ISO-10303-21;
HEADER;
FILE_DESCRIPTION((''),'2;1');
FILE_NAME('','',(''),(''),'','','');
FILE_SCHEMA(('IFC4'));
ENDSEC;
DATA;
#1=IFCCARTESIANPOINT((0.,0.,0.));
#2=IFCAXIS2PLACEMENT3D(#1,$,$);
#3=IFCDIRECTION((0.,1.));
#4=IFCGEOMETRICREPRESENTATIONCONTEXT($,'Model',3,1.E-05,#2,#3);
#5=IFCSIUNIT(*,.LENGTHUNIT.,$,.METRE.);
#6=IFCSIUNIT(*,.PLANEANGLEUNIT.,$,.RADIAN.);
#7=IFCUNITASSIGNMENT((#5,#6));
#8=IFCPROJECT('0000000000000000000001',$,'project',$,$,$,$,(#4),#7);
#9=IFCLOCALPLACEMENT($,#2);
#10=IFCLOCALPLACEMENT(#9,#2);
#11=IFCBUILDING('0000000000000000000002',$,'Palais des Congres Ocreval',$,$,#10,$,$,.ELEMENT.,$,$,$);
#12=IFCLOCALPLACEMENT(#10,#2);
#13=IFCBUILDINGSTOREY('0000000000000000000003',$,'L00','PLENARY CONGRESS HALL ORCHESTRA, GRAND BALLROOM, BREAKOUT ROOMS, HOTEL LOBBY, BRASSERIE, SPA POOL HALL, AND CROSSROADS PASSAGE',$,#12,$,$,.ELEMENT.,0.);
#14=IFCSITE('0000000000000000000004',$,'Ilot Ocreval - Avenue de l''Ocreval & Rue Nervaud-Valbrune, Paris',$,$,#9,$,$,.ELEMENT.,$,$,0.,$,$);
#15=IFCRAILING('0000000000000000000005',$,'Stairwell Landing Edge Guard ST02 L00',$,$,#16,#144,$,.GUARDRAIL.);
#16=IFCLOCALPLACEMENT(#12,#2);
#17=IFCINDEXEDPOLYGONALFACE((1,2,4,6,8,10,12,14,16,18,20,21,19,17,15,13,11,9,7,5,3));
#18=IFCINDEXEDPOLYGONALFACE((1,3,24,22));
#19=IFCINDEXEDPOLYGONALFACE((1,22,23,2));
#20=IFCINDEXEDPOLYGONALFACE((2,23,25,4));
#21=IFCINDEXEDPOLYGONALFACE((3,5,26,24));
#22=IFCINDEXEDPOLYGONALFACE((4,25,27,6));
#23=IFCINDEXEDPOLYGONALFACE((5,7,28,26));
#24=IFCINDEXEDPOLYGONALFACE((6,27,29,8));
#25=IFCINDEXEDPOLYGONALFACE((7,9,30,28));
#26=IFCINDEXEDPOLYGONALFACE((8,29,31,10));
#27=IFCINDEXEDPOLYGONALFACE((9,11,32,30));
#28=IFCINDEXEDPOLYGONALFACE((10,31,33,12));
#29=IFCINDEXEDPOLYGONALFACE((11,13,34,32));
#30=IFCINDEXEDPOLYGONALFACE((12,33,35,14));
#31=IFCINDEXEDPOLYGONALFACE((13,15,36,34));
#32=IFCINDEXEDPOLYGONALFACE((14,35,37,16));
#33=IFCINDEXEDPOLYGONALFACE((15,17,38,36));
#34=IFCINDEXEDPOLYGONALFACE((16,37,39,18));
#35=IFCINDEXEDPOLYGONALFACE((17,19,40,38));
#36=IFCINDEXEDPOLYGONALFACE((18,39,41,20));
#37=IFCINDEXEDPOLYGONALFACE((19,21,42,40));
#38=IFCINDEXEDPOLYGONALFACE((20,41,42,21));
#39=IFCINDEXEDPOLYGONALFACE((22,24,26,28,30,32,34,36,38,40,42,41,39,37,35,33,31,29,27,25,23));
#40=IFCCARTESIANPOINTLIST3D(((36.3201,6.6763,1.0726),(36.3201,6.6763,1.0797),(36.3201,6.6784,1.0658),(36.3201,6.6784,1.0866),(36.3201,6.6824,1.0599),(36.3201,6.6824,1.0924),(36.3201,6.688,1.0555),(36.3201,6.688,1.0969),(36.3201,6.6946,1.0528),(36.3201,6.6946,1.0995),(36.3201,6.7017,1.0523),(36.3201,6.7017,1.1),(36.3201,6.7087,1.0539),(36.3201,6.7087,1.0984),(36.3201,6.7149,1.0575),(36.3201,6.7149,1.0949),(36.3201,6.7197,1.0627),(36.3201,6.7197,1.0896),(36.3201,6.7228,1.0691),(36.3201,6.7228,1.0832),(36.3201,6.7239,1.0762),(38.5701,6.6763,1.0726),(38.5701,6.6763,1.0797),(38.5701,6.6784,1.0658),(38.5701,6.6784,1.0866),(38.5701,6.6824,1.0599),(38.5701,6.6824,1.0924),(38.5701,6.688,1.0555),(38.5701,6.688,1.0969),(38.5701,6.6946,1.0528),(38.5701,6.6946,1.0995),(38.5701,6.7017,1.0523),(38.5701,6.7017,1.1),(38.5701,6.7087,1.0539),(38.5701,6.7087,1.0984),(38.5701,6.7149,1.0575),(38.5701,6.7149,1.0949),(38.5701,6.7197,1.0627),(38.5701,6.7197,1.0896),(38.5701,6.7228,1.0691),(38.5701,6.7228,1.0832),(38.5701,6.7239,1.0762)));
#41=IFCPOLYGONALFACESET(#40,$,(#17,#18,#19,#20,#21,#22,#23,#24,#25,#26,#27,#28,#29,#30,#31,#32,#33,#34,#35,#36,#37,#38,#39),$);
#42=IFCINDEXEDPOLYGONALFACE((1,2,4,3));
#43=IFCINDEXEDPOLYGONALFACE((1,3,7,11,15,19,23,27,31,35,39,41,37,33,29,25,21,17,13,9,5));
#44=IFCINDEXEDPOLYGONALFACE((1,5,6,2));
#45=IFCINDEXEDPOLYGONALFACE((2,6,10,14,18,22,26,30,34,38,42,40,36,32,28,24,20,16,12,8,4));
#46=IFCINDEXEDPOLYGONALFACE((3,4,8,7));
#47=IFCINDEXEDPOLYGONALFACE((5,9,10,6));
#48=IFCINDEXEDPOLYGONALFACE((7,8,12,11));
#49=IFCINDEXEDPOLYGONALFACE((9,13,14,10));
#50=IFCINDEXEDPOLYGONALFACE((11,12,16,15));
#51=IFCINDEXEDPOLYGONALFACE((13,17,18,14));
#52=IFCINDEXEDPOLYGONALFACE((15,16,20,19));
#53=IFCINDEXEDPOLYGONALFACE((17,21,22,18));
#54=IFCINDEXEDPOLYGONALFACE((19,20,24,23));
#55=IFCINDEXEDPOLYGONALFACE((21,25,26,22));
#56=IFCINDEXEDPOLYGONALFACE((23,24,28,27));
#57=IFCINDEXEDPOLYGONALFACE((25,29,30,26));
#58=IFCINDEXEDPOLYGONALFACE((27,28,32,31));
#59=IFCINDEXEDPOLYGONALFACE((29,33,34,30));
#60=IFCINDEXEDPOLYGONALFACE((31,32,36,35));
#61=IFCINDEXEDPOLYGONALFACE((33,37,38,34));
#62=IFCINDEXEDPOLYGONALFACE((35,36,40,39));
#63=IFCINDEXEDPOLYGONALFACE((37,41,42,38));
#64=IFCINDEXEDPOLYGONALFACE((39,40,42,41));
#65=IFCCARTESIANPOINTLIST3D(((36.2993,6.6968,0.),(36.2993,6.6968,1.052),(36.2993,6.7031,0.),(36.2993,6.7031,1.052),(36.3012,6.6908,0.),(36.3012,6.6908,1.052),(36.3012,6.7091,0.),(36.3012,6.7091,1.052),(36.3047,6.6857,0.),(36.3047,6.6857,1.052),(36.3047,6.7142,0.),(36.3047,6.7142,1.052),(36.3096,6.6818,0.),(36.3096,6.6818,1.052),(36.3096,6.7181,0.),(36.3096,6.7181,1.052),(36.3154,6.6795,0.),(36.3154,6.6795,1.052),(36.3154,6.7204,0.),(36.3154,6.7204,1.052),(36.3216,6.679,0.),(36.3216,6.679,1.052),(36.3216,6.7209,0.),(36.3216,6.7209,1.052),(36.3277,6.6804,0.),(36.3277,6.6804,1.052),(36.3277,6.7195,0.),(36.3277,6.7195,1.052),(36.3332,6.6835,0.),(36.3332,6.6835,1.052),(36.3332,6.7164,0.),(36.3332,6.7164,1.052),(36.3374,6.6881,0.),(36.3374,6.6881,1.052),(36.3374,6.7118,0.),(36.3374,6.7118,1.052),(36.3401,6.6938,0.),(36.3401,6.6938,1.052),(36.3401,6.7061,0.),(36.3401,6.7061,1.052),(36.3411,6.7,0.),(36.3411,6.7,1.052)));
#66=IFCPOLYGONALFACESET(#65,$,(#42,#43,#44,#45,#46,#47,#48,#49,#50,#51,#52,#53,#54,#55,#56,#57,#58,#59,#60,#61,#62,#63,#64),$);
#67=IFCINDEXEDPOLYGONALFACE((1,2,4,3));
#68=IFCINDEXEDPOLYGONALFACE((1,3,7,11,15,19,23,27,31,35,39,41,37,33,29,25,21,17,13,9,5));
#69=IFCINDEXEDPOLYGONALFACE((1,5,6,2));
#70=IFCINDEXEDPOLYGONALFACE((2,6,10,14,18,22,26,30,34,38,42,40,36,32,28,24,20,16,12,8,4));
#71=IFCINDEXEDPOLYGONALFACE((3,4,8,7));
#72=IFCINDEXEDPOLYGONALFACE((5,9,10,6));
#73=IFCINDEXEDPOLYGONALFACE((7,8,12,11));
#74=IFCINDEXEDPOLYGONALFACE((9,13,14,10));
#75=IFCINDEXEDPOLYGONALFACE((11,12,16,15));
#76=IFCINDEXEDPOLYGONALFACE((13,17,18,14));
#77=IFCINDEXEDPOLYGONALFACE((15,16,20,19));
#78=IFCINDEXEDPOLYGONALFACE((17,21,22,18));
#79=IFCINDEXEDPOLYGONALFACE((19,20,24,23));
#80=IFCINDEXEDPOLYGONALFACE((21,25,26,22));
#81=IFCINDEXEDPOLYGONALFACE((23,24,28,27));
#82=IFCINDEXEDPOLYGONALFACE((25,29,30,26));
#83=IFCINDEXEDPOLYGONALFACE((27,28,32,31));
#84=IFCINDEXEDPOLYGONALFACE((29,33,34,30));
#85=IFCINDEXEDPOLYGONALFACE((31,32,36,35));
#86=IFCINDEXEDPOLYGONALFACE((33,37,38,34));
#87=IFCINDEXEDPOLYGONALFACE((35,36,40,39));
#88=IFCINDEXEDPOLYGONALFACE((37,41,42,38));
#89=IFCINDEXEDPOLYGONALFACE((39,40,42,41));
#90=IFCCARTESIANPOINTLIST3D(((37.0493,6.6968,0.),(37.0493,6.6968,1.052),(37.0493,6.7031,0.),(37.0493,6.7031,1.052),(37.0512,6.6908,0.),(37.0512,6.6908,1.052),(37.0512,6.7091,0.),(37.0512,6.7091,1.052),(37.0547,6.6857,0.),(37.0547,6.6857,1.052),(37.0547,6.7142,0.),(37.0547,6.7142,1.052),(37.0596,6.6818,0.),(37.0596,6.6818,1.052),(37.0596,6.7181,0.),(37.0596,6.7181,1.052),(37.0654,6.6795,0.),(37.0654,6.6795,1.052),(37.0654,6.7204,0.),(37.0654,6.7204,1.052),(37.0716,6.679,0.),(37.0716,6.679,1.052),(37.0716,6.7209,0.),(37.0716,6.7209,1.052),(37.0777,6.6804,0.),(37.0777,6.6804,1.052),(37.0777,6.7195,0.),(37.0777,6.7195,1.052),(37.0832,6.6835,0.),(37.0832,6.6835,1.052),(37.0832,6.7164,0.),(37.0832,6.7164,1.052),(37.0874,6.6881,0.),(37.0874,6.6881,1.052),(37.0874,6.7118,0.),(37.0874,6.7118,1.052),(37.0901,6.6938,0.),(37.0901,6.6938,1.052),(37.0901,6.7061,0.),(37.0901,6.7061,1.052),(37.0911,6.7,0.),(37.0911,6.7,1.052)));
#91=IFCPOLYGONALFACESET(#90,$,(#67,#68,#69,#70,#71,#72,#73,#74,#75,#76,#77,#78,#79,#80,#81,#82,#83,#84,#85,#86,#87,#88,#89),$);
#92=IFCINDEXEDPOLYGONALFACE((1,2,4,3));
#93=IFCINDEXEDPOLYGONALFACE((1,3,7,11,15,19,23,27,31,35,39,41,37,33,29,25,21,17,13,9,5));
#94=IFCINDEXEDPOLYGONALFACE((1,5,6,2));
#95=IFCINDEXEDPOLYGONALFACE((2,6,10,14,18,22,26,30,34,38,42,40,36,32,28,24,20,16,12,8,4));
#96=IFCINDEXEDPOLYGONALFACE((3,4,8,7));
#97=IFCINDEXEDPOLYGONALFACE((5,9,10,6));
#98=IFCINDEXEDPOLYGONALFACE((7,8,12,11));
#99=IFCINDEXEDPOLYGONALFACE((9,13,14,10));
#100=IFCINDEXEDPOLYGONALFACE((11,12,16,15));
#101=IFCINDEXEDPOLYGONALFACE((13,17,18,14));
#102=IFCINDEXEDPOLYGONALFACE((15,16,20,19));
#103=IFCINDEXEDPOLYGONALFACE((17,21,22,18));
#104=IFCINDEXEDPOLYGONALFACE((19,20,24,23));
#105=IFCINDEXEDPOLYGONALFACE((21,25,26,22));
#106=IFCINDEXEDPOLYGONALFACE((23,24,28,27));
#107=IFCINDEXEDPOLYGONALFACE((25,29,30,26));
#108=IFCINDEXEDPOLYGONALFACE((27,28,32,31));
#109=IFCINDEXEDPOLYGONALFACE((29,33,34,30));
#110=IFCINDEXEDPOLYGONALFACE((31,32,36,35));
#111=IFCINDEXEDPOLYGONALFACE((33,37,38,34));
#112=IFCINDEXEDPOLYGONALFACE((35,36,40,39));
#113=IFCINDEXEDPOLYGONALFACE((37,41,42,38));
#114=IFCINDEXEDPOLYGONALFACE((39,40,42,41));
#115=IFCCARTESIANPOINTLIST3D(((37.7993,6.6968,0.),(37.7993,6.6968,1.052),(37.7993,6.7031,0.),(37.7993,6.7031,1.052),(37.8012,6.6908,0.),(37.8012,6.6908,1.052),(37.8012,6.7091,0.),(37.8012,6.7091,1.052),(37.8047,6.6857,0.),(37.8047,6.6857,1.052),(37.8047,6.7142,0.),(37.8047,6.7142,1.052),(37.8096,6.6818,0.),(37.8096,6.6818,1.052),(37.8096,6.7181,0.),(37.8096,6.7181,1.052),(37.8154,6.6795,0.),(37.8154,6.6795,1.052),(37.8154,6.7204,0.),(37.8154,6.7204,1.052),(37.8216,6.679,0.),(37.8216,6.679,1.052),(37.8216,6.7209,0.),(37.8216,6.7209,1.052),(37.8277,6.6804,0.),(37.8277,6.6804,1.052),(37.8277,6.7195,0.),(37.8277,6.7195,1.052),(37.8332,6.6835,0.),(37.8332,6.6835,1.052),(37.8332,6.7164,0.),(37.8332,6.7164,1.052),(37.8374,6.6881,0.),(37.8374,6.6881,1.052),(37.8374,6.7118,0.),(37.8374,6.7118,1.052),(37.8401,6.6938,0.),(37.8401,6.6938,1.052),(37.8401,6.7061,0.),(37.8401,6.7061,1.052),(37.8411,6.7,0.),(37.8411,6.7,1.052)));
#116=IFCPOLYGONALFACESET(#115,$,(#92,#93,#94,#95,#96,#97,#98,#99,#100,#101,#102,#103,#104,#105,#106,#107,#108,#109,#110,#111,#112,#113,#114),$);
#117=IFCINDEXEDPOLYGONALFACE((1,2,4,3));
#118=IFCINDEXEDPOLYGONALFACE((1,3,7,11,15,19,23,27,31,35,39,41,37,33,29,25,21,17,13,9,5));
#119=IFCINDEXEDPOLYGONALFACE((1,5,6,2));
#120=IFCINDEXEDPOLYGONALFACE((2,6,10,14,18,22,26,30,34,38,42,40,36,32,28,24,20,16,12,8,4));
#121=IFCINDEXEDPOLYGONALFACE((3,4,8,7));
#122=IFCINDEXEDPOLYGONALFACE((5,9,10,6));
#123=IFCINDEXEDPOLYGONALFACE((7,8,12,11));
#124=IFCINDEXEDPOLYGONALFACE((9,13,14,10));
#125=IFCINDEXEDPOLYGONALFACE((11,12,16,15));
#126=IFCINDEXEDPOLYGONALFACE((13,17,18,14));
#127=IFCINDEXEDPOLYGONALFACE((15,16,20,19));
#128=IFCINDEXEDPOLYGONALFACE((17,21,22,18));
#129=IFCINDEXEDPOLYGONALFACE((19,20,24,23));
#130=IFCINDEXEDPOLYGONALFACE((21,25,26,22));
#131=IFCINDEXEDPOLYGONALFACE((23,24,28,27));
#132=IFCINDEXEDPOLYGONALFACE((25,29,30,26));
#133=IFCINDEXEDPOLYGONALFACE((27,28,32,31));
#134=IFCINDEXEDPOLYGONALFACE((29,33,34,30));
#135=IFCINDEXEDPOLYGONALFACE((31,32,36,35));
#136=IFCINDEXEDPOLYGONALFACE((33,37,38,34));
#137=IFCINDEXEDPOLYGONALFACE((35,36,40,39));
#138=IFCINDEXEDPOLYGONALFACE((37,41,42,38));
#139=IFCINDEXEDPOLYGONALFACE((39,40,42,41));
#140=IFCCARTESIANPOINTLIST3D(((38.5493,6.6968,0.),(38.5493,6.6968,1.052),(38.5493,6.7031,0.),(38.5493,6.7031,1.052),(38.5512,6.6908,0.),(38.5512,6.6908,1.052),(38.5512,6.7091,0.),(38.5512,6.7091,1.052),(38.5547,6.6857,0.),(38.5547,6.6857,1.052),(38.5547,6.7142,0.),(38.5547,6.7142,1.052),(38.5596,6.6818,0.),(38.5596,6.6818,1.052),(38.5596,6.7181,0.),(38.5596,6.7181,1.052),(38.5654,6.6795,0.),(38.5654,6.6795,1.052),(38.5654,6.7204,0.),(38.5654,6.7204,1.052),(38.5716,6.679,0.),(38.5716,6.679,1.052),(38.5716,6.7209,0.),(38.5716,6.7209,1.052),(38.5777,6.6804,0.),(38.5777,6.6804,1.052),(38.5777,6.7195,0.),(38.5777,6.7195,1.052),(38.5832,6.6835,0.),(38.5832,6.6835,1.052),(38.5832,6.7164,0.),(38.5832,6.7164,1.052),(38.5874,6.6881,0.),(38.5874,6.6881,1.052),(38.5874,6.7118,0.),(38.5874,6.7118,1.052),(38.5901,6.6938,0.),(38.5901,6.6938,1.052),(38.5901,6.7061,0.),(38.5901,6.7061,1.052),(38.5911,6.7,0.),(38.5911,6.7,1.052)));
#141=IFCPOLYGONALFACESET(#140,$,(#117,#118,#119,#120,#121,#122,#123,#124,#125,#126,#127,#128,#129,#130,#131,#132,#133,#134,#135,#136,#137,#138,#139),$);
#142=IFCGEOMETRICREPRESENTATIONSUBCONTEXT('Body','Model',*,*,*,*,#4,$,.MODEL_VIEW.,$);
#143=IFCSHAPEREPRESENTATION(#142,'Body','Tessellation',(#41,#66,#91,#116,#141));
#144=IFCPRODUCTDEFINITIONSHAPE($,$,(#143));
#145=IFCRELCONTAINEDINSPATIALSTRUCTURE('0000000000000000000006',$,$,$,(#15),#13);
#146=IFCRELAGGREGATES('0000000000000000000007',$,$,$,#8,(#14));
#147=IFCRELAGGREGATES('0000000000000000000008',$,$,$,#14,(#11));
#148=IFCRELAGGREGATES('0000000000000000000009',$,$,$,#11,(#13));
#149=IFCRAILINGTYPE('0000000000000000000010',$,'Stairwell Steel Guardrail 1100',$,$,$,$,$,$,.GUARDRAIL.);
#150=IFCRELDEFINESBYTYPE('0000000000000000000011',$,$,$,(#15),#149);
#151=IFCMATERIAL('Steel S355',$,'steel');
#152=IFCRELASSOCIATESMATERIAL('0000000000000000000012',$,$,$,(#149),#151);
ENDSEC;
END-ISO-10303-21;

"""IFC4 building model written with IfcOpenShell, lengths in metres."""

from ifc_helpers import new_model, si_unit, direction, frame, origin, origin_2d, place, context, subcontext, project, spatial, circle, extrude, material, type_object, element, save


model = new_model("IFC4")

# Units and contexts
model_context = context("Model", 3, precision=1e-05, world=origin(), true_north=direction((0.0, 1.0)))
body_context = subcontext(model_context, "Body", "Model", "MODEL_VIEW")
ifc_project = project(units=[si_unit("LENGTHUNIT", "METRE"), si_unit("PLANEANGLEUNIT", "RADIAN")], contexts=[model_context])

# Site, building, storey
site_placement = place(None, origin())
site = spatial("IfcSite", under=ifc_project, at=site_placement, Name="Ilot Ocreval - Avenue de l'Ocreval & Rue Nervaud-Valbrune, Paris", CompositionType="ELEMENT", RefElevation=0.0)
building_placement = place(site_placement, origin())
building = spatial("IfcBuilding", under=site, at=building_placement, Name="Palais des Congres Ocreval", CompositionType="ELEMENT")
storey_placement = place(building_placement, origin())
storey = spatial("IfcBuildingStorey", under=building, at=storey_placement, Name="L00", Description="PLENARY CONGRESS HALL ORCHESTRA, GRAND BALLROOM, BREAKOUT ROOMS, HOTEL LOBBY, BRASSERIE, SPA POOL HALL, AND CROSSROADS PASSAGE", CompositionType="ELEMENT", Elevation=0.0)

# Shared definitions
ifc_material_1 = material(Name="Steel S355", Category="steel")

# Railing
railing_type_1 = type_object("IfcRailingType", Name="Stairwell Steel Guardrail 1100", PredefinedType="GUARDRAIL", material=ifc_material_1)
railing_1_placement = place(storey_placement, frame((36.3201, 6.7, 0.0)))
element("IfcRailing", 1, at=railing_1_placement, inside=storey, type_object=railing_type_1, Name="Stairwell Landing Edge Guard ST02 L00", PredefinedType="GUARDRAIL", context=body_context, shape_type="SweptSolid", body=[
    extrude(circle(Radius=0.0239, at=origin_2d()), frame((0.0, 0.0, 1.0762), z_axis=(1.0, 0.0, 0.0), x_axis=(0.0, 1.0, 0.0)), (0.0, 0.0, 1.0), 2.25),
    extrude(circle(Radius=0.021, at=origin_2d()), origin(), (0.0, 0.0, 1.0), 1.052),
    extrude(circle(Radius=0.021, at=origin_2d()), frame((0.75, 0.0, 0.0)), (0.0, 0.0, 1.0), 1.052),
    extrude(circle(Radius=0.021, at=origin_2d()), frame((1.5, 0.0, 0.0)), (0.0, 0.0, 1.0), 1.052),
    extrude(circle(Radius=0.021, at=origin_2d()), frame((2.25, 0.0, 0.0)), (0.0, 0.0, 1.0), 1.052),
])

save(model, "model.ifc")
